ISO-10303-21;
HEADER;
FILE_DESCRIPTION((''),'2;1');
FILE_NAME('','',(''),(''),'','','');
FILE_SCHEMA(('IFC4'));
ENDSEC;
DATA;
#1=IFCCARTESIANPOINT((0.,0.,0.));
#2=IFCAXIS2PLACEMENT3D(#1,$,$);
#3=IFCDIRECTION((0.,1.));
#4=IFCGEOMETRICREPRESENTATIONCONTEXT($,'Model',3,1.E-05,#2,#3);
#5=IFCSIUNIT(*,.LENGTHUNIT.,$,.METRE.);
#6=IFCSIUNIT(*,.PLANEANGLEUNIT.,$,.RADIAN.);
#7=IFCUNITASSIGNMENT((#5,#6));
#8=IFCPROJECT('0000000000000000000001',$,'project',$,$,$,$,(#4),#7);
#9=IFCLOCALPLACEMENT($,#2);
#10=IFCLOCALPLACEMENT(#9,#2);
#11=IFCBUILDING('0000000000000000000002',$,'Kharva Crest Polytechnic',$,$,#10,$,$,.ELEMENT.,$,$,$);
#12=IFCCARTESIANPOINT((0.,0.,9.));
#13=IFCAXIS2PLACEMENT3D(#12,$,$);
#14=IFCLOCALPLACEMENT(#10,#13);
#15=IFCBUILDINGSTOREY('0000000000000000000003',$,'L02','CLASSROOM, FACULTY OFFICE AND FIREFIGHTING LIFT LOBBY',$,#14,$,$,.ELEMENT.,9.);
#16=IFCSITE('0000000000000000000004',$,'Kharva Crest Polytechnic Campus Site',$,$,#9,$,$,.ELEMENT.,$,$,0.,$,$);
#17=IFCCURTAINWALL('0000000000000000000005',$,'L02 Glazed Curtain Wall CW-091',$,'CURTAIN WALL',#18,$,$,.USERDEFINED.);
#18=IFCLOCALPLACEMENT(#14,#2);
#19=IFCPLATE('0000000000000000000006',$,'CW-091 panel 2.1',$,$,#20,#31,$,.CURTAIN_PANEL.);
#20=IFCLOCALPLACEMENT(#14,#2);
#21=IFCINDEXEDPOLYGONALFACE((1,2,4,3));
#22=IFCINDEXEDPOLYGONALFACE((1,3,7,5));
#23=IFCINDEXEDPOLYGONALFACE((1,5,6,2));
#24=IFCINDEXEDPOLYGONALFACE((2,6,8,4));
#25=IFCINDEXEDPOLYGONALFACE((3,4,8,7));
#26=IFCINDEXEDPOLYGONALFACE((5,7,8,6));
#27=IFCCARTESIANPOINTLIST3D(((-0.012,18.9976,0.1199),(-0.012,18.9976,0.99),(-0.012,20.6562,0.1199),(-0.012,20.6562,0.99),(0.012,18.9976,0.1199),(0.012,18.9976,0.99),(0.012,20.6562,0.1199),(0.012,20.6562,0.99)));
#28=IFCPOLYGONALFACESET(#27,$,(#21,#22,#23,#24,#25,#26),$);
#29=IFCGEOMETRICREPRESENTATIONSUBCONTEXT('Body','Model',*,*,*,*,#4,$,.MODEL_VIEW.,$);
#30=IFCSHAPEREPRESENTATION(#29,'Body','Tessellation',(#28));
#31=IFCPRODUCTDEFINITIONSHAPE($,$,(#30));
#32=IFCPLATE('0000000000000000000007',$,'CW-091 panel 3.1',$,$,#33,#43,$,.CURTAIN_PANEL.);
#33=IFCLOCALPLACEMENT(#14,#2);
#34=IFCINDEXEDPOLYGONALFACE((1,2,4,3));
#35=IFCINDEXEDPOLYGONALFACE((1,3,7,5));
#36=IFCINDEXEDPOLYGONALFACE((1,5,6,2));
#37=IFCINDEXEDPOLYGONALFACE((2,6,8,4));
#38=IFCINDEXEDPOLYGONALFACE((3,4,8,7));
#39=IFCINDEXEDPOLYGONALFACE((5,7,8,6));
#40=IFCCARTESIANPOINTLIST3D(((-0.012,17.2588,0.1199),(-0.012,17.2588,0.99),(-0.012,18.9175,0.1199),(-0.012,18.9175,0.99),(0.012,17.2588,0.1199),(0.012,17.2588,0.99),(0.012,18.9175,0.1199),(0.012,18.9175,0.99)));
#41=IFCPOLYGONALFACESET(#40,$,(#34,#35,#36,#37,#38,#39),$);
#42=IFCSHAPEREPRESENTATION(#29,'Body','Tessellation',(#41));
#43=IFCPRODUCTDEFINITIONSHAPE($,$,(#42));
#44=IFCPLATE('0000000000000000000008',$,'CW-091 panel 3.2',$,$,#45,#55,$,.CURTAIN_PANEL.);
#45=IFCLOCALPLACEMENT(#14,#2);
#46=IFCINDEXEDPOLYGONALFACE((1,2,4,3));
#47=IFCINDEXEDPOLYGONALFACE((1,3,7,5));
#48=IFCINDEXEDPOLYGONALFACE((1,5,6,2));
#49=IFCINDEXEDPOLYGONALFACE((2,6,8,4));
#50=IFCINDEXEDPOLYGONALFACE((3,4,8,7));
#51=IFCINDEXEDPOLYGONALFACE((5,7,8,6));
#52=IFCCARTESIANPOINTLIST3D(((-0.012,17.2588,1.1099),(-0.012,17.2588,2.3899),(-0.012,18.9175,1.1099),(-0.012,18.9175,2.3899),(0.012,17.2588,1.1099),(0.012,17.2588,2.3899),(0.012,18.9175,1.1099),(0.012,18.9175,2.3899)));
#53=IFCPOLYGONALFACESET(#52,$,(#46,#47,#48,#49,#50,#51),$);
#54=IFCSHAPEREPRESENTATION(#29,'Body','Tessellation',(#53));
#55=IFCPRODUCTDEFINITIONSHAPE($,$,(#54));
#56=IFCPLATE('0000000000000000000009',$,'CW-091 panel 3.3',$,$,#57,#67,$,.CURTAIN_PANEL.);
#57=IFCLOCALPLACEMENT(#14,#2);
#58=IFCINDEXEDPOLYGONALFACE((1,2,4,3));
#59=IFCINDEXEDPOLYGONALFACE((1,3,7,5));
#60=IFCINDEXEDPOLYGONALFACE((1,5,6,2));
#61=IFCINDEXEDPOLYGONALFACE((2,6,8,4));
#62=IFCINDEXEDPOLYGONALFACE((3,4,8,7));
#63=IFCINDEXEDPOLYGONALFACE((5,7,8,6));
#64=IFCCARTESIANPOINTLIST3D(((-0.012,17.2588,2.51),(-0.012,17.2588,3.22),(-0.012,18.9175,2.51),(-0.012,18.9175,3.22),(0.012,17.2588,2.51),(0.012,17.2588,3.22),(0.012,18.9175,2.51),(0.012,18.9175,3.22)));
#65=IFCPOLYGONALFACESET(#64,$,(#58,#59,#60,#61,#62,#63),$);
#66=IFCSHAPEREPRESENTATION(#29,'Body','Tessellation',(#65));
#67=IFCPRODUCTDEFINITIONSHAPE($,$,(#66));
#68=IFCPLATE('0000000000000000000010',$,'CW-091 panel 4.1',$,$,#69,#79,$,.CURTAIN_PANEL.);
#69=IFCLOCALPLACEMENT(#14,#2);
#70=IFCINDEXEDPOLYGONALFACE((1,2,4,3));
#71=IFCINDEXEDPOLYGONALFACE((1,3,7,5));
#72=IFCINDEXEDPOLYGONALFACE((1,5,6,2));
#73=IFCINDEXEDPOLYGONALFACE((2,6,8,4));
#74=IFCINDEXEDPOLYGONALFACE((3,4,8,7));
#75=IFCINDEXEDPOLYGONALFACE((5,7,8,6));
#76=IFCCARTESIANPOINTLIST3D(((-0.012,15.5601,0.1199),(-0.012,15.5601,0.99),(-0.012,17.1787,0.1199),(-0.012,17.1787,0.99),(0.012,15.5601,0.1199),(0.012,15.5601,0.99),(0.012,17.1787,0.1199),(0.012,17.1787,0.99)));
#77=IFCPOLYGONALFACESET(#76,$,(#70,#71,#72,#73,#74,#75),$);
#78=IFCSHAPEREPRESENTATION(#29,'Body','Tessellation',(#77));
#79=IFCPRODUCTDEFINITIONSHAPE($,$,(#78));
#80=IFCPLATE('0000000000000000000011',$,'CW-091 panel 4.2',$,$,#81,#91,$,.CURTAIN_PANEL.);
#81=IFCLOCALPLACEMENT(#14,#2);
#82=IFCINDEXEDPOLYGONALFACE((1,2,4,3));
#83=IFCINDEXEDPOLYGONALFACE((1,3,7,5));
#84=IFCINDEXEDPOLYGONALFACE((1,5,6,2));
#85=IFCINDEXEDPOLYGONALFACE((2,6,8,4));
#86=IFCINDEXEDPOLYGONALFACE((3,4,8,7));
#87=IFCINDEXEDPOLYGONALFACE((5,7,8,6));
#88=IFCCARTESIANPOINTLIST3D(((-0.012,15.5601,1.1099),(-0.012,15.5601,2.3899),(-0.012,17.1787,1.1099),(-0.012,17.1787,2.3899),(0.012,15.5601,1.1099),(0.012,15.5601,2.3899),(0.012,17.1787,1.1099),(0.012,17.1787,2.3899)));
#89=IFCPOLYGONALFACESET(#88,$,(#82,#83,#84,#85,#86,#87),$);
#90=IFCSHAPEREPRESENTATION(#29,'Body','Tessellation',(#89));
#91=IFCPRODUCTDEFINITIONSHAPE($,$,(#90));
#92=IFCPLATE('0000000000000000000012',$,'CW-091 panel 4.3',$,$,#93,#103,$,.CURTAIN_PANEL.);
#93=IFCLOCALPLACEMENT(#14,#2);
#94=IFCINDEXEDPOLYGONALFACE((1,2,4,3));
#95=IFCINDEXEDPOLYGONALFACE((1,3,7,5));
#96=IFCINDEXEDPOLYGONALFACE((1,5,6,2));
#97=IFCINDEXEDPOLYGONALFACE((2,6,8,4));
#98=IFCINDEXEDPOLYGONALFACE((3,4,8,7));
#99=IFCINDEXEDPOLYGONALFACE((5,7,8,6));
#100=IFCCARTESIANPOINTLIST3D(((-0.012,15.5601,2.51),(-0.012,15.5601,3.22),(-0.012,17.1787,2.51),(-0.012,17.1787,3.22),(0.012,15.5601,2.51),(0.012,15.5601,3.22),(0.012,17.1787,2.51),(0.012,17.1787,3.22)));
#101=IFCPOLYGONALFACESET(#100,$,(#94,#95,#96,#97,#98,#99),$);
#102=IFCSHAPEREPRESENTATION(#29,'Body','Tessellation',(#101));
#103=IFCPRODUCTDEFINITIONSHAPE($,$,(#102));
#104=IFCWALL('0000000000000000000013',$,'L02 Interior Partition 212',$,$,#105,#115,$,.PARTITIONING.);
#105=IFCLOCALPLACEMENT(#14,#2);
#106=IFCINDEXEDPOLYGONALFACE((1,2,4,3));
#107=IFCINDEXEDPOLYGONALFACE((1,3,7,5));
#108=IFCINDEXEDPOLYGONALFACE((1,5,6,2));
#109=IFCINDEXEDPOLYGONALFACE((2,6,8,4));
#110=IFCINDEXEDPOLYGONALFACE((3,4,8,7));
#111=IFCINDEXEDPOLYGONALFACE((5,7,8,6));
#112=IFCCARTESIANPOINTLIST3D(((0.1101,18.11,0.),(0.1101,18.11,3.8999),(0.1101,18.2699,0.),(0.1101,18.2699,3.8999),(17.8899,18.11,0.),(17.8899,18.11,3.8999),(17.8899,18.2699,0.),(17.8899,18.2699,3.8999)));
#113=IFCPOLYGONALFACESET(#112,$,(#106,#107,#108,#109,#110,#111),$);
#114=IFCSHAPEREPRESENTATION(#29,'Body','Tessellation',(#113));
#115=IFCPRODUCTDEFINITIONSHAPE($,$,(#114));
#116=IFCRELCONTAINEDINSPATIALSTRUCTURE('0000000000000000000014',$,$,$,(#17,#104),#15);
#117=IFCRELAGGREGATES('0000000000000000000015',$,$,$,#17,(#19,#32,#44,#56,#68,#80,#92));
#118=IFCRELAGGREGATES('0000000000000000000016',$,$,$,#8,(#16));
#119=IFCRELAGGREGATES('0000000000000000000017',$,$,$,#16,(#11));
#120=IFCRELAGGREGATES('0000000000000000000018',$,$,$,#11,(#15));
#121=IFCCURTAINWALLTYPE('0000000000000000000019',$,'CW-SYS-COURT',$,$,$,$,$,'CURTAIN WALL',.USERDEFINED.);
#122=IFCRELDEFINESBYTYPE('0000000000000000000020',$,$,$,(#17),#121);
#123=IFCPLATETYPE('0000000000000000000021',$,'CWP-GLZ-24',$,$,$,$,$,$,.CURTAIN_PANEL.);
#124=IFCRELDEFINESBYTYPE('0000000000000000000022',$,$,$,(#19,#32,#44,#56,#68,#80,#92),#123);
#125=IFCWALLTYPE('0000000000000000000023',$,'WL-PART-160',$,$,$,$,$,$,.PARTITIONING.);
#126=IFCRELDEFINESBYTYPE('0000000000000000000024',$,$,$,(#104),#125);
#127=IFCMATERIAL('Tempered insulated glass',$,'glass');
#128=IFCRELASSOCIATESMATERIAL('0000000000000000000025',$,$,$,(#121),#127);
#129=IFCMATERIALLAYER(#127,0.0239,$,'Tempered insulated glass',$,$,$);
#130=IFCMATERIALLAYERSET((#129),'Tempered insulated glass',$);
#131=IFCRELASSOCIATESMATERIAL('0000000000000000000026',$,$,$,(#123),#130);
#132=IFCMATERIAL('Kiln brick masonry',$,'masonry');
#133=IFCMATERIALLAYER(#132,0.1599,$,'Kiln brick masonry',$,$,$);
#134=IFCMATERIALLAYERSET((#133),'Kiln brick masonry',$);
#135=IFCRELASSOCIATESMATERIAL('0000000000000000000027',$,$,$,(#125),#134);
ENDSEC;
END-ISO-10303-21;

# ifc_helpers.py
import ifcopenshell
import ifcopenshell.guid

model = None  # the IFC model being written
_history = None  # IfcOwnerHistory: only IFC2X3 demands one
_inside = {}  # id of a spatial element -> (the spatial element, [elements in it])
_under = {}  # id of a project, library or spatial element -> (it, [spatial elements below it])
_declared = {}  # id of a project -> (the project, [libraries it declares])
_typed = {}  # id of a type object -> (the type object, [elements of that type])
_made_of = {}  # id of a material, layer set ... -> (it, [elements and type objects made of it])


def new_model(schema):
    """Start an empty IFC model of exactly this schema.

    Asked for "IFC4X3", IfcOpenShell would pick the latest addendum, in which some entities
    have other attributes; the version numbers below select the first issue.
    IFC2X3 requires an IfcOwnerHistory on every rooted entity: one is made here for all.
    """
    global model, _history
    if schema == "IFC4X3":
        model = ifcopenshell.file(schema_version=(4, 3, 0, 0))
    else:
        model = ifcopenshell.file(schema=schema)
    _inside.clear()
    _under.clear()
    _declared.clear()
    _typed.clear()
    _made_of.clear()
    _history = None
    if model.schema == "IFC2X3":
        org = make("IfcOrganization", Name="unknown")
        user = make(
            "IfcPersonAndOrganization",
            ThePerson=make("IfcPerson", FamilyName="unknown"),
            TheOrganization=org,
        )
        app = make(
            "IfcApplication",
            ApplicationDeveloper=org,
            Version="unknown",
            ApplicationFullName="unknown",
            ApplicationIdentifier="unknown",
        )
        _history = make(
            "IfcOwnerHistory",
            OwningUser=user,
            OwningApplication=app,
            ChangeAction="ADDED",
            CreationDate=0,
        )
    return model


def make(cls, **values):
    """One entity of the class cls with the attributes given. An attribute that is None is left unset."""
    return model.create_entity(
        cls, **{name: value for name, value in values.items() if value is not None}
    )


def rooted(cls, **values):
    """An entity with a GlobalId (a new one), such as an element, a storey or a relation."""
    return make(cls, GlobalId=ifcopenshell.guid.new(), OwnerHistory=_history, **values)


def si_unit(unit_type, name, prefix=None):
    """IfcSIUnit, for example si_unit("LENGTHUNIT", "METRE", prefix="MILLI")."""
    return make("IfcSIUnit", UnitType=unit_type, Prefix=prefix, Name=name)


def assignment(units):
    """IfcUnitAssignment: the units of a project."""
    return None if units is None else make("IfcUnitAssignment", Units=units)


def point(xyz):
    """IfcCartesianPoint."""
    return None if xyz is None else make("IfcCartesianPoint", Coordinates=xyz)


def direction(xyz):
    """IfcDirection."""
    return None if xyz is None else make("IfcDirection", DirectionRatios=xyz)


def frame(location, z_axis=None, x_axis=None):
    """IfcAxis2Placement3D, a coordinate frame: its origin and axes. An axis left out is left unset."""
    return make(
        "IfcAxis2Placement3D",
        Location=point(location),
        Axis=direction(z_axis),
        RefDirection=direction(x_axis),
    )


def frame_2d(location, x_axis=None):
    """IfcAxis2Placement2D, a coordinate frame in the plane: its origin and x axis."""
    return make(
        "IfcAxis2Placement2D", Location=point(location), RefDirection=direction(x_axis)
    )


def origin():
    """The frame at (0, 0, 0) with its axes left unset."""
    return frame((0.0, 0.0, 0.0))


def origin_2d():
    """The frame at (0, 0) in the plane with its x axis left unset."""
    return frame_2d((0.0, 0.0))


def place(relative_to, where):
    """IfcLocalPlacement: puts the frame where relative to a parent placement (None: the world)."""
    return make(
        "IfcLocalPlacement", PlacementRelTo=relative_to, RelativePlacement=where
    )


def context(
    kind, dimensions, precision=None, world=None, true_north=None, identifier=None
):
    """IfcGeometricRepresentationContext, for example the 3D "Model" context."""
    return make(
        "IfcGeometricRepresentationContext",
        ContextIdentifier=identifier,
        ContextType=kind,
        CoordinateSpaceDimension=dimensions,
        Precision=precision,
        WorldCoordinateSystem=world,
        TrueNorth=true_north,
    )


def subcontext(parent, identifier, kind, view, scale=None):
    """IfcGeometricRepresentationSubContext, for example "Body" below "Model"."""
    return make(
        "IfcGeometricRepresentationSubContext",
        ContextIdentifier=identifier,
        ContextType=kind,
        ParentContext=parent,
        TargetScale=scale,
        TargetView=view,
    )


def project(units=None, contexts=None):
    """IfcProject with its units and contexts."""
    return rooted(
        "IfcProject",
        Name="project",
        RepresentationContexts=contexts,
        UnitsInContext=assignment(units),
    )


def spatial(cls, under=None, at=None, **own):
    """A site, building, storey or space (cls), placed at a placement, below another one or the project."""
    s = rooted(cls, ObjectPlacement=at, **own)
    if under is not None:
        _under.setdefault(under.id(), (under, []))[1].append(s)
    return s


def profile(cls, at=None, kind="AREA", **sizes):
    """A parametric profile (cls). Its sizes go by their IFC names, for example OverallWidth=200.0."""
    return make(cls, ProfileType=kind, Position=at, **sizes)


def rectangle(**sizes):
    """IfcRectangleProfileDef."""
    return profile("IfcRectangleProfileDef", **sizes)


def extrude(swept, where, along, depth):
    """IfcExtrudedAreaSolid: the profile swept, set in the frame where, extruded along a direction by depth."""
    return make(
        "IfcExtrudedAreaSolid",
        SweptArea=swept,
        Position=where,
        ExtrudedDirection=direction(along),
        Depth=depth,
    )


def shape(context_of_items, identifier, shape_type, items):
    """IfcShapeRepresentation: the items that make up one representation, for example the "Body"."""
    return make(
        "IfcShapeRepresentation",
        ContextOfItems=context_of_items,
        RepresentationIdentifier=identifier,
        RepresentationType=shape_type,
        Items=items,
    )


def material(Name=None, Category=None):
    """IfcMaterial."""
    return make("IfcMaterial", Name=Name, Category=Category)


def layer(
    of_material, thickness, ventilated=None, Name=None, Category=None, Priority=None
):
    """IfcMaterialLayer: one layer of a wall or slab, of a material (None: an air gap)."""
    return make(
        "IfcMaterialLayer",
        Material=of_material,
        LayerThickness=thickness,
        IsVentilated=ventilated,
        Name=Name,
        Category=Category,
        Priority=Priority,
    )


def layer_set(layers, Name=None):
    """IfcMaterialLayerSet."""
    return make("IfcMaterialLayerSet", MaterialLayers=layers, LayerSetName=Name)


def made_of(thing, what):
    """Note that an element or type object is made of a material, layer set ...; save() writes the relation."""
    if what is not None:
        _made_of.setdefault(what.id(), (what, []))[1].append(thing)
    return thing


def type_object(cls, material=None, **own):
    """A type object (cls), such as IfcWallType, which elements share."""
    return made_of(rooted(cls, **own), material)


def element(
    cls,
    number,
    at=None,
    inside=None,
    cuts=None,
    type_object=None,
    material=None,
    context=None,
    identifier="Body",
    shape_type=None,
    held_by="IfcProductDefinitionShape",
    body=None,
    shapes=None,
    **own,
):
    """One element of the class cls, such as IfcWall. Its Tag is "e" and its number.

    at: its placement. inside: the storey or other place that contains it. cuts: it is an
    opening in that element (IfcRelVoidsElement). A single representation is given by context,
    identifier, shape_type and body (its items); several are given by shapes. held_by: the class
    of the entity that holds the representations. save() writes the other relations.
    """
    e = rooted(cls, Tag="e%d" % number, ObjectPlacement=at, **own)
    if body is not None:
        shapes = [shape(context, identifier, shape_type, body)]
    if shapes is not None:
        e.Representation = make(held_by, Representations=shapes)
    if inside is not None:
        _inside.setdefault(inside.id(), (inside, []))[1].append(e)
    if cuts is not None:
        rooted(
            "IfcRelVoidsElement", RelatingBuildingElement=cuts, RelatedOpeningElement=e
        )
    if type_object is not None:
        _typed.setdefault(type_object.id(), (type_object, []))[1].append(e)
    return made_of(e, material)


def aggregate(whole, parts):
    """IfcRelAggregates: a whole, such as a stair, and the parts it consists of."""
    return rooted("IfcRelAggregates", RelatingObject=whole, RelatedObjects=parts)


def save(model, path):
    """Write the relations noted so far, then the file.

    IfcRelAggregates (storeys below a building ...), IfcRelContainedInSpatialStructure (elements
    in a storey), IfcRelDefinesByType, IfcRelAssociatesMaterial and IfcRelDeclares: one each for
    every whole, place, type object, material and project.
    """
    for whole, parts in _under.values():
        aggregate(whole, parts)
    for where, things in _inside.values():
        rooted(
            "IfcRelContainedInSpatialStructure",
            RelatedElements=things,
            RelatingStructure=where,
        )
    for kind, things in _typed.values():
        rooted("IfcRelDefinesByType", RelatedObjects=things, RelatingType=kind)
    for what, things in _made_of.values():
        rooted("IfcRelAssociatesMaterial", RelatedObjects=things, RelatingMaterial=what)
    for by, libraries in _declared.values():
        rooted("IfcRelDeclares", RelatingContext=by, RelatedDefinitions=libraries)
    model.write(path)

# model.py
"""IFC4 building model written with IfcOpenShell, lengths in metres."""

from ifc_helpers import new_model, si_unit, direction, frame, frame_2d, origin, origin_2d, place, context, subcontext, project, spatial, rectangle, extrude, material, layer, layer_set, type_object, element, aggregate, save


model = new_model("IFC4")

# Units and contexts
model_context = context("Model", 3, precision=1e-05, world=origin(), true_north=direction((0.0, 1.0)))
body_context = subcontext(model_context, "Body", "Model", "MODEL_VIEW")
ifc_project = project(units=[si_unit("LENGTHUNIT", "METRE"), si_unit("PLANEANGLEUNIT", "RADIAN")], contexts=[model_context])

# Site, building, storey
site_placement = place(None, origin())
site = spatial("IfcSite", under=ifc_project, at=site_placement, Name="Kharva Crest Polytechnic Campus Site", CompositionType="ELEMENT", RefElevation=0.0)
building_placement = place(site_placement, origin())
building = spatial("IfcBuilding", under=site, at=building_placement, Name="Kharva Crest Polytechnic", CompositionType="ELEMENT")
storey_placement = place(building_placement, frame((0.0, 0.0, 9.0)))
storey = spatial("IfcBuildingStorey", under=building, at=storey_placement, Name="L02", Description="CLASSROOM, FACULTY OFFICE AND FIREFIGHTING LIFT LOBBY", CompositionType="ELEMENT", Elevation=9.0)

# Curtain wall, plates
ifc_material_1 = material(Name="Tempered insulated glass", Category="glass")
curtain_wall_type = type_object("IfcCurtainWallType", Name="CW-SYS-COURT", ElementType="CURTAIN WALL", PredefinedType="USERDEFINED", material=ifc_material_1)
curtain_wall_placement = place(storey_placement, origin())
curtain_wall = element("IfcCurtainWall", 1, at=curtain_wall_placement, inside=storey, type_object=curtain_wall_type, Name="L02 Glazed Curtain Wall CW-091", ObjectType="CURTAIN WALL", PredefinedType="USERDEFINED")
ifc_layer_1 = layer(ifc_material_1, 0.0239, Name="Tempered insulated glass")
ifc_layer_set_1 = layer_set([ifc_layer_1], Name="Tempered insulated glass")
plate_type = type_object("IfcPlateType", Name="CWP-GLZ-24", PredefinedType="CURTAIN_PANEL", material=ifc_layer_set_1)
plate_1_placement = place(storey_placement, frame((0.0, 19.8269, 0.1199), z_axis=(0.0, 0.0, 1.0), x_axis=(0.0, -1.0, 0.0)))
plate_1 = element("IfcPlate", 2, at=plate_1_placement, type_object=plate_type, Name="CW-091 panel 2.1", PredefinedType="CURTAIN_PANEL", context=body_context, shape_type="SweptSolid", body=[
    extrude(rectangle(XDim=1.6587, YDim=0.0239, at=origin_2d()), origin(), (0.0, 0.0, 1.0), 0.8701),
])
plate_2_placement = place(storey_placement, frame((0.0, 18.0881, 0.1199), z_axis=(0.0, 0.0, 1.0), x_axis=(0.0, -1.0, 0.0)))
plate_2 = element("IfcPlate", 3, at=plate_2_placement, type_object=plate_type, Name="CW-091 panel 3.1", PredefinedType="CURTAIN_PANEL", context=body_context, shape_type="SweptSolid", body=[
    extrude(rectangle(XDim=1.6587, YDim=0.0239, at=origin_2d()), origin(), (0.0, 0.0, 1.0), 0.8701),
])
plate_3_placement = place(storey_placement, frame((0.0, 18.0881, 1.1099), z_axis=(0.0, 0.0, 1.0), x_axis=(0.0, -1.0, 0.0)))
plate_3 = element("IfcPlate", 4, at=plate_3_placement, type_object=plate_type, Name="CW-091 panel 3.2", PredefinedType="CURTAIN_PANEL", context=body_context, shape_type="SweptSolid", body=[
    extrude(rectangle(XDim=1.6587, YDim=0.0239, at=origin_2d()), origin(), (0.0, 0.0, 1.0), 1.28),
])
plate_4_placement = place(storey_placement, frame((0.0, 18.0881, 2.51), z_axis=(0.0, 0.0, 1.0), x_axis=(0.0, -1.0, 0.0)))
plate_4 = element("IfcPlate", 5, at=plate_4_placement, type_object=plate_type, Name="CW-091 panel 3.3", PredefinedType="CURTAIN_PANEL", context=body_context, shape_type="SweptSolid", body=[
    extrude(rectangle(XDim=1.6587, YDim=0.0239, at=origin_2d()), origin(), (0.0, 0.0, 1.0), 0.71),
])
plate_5_placement = place(storey_placement, frame((0.0, 16.3694, 0.1199), z_axis=(0.0, 0.0, 1.0), x_axis=(0.0, -1.0, 0.0)))
plate_5 = element("IfcPlate", 6, at=plate_5_placement, type_object=plate_type, Name="CW-091 panel 4.1", PredefinedType="CURTAIN_PANEL", context=body_context, shape_type="SweptSolid", body=[
    extrude(rectangle(XDim=1.6187, YDim=0.0239, at=origin_2d()), origin(), (0.0, 0.0, 1.0), 0.8701),
])
plate_6_placement = place(storey_placement, frame((0.0, 16.3694, 1.1099), z_axis=(0.0, 0.0, 1.0), x_axis=(0.0, -1.0, 0.0)))
plate_6 = element("IfcPlate", 7, at=plate_6_placement, type_object=plate_type, Name="CW-091 panel 4.2", PredefinedType="CURTAIN_PANEL", context=body_context, shape_type="SweptSolid", body=[
    extrude(rectangle(XDim=1.6187, YDim=0.0239, at=origin_2d()), origin(), (0.0, 0.0, 1.0), 1.28),
])
plate_7_placement = place(storey_placement, frame((0.0, 16.3694, 2.51), z_axis=(0.0, 0.0, 1.0), x_axis=(0.0, -1.0, 0.0)))
plate_7 = element("IfcPlate", 8, at=plate_7_placement, type_object=plate_type, Name="CW-091 panel 4.3", PredefinedType="CURTAIN_PANEL", context=body_context, shape_type="SweptSolid", body=[
    extrude(rectangle(XDim=1.6187, YDim=0.0239, at=origin_2d()), origin(), (0.0, 0.0, 1.0), 0.71),
])
aggregate(curtain_wall, [plate_1, plate_2, plate_3, plate_4, plate_5, plate_6, plate_7])

# Wall
ifc_material_2 = material(Name="Kiln brick masonry", Category="masonry")
ifc_layer_2 = layer(ifc_material_2, 0.1599, Name="Kiln brick masonry")
ifc_layer_set_2 = layer_set([ifc_layer_2], Name="Kiln brick masonry")
wall_type = type_object("IfcWallType", Name="WL-PART-160", PredefinedType="PARTITIONING", material=ifc_layer_set_2)
wall_placement = place(storey_placement, frame((0.1101, 18.1899, 0.0), z_axis=(0.0, 0.0, 1.0), x_axis=(1.0, 0.0, 0.0)))
element("IfcWall", 9, at=wall_placement, inside=storey, type_object=wall_type, Name="L02 Interior Partition 212", PredefinedType="PARTITIONING", context=body_context, shape_type="SweptSolid", body=[
    extrude(rectangle(XDim=17.7798, YDim=0.1599, at=frame_2d((8.8899, 0.0))), origin(), (0.0, 0.0, 1.0), 3.8999),
])

save(model, "model.ifc")
